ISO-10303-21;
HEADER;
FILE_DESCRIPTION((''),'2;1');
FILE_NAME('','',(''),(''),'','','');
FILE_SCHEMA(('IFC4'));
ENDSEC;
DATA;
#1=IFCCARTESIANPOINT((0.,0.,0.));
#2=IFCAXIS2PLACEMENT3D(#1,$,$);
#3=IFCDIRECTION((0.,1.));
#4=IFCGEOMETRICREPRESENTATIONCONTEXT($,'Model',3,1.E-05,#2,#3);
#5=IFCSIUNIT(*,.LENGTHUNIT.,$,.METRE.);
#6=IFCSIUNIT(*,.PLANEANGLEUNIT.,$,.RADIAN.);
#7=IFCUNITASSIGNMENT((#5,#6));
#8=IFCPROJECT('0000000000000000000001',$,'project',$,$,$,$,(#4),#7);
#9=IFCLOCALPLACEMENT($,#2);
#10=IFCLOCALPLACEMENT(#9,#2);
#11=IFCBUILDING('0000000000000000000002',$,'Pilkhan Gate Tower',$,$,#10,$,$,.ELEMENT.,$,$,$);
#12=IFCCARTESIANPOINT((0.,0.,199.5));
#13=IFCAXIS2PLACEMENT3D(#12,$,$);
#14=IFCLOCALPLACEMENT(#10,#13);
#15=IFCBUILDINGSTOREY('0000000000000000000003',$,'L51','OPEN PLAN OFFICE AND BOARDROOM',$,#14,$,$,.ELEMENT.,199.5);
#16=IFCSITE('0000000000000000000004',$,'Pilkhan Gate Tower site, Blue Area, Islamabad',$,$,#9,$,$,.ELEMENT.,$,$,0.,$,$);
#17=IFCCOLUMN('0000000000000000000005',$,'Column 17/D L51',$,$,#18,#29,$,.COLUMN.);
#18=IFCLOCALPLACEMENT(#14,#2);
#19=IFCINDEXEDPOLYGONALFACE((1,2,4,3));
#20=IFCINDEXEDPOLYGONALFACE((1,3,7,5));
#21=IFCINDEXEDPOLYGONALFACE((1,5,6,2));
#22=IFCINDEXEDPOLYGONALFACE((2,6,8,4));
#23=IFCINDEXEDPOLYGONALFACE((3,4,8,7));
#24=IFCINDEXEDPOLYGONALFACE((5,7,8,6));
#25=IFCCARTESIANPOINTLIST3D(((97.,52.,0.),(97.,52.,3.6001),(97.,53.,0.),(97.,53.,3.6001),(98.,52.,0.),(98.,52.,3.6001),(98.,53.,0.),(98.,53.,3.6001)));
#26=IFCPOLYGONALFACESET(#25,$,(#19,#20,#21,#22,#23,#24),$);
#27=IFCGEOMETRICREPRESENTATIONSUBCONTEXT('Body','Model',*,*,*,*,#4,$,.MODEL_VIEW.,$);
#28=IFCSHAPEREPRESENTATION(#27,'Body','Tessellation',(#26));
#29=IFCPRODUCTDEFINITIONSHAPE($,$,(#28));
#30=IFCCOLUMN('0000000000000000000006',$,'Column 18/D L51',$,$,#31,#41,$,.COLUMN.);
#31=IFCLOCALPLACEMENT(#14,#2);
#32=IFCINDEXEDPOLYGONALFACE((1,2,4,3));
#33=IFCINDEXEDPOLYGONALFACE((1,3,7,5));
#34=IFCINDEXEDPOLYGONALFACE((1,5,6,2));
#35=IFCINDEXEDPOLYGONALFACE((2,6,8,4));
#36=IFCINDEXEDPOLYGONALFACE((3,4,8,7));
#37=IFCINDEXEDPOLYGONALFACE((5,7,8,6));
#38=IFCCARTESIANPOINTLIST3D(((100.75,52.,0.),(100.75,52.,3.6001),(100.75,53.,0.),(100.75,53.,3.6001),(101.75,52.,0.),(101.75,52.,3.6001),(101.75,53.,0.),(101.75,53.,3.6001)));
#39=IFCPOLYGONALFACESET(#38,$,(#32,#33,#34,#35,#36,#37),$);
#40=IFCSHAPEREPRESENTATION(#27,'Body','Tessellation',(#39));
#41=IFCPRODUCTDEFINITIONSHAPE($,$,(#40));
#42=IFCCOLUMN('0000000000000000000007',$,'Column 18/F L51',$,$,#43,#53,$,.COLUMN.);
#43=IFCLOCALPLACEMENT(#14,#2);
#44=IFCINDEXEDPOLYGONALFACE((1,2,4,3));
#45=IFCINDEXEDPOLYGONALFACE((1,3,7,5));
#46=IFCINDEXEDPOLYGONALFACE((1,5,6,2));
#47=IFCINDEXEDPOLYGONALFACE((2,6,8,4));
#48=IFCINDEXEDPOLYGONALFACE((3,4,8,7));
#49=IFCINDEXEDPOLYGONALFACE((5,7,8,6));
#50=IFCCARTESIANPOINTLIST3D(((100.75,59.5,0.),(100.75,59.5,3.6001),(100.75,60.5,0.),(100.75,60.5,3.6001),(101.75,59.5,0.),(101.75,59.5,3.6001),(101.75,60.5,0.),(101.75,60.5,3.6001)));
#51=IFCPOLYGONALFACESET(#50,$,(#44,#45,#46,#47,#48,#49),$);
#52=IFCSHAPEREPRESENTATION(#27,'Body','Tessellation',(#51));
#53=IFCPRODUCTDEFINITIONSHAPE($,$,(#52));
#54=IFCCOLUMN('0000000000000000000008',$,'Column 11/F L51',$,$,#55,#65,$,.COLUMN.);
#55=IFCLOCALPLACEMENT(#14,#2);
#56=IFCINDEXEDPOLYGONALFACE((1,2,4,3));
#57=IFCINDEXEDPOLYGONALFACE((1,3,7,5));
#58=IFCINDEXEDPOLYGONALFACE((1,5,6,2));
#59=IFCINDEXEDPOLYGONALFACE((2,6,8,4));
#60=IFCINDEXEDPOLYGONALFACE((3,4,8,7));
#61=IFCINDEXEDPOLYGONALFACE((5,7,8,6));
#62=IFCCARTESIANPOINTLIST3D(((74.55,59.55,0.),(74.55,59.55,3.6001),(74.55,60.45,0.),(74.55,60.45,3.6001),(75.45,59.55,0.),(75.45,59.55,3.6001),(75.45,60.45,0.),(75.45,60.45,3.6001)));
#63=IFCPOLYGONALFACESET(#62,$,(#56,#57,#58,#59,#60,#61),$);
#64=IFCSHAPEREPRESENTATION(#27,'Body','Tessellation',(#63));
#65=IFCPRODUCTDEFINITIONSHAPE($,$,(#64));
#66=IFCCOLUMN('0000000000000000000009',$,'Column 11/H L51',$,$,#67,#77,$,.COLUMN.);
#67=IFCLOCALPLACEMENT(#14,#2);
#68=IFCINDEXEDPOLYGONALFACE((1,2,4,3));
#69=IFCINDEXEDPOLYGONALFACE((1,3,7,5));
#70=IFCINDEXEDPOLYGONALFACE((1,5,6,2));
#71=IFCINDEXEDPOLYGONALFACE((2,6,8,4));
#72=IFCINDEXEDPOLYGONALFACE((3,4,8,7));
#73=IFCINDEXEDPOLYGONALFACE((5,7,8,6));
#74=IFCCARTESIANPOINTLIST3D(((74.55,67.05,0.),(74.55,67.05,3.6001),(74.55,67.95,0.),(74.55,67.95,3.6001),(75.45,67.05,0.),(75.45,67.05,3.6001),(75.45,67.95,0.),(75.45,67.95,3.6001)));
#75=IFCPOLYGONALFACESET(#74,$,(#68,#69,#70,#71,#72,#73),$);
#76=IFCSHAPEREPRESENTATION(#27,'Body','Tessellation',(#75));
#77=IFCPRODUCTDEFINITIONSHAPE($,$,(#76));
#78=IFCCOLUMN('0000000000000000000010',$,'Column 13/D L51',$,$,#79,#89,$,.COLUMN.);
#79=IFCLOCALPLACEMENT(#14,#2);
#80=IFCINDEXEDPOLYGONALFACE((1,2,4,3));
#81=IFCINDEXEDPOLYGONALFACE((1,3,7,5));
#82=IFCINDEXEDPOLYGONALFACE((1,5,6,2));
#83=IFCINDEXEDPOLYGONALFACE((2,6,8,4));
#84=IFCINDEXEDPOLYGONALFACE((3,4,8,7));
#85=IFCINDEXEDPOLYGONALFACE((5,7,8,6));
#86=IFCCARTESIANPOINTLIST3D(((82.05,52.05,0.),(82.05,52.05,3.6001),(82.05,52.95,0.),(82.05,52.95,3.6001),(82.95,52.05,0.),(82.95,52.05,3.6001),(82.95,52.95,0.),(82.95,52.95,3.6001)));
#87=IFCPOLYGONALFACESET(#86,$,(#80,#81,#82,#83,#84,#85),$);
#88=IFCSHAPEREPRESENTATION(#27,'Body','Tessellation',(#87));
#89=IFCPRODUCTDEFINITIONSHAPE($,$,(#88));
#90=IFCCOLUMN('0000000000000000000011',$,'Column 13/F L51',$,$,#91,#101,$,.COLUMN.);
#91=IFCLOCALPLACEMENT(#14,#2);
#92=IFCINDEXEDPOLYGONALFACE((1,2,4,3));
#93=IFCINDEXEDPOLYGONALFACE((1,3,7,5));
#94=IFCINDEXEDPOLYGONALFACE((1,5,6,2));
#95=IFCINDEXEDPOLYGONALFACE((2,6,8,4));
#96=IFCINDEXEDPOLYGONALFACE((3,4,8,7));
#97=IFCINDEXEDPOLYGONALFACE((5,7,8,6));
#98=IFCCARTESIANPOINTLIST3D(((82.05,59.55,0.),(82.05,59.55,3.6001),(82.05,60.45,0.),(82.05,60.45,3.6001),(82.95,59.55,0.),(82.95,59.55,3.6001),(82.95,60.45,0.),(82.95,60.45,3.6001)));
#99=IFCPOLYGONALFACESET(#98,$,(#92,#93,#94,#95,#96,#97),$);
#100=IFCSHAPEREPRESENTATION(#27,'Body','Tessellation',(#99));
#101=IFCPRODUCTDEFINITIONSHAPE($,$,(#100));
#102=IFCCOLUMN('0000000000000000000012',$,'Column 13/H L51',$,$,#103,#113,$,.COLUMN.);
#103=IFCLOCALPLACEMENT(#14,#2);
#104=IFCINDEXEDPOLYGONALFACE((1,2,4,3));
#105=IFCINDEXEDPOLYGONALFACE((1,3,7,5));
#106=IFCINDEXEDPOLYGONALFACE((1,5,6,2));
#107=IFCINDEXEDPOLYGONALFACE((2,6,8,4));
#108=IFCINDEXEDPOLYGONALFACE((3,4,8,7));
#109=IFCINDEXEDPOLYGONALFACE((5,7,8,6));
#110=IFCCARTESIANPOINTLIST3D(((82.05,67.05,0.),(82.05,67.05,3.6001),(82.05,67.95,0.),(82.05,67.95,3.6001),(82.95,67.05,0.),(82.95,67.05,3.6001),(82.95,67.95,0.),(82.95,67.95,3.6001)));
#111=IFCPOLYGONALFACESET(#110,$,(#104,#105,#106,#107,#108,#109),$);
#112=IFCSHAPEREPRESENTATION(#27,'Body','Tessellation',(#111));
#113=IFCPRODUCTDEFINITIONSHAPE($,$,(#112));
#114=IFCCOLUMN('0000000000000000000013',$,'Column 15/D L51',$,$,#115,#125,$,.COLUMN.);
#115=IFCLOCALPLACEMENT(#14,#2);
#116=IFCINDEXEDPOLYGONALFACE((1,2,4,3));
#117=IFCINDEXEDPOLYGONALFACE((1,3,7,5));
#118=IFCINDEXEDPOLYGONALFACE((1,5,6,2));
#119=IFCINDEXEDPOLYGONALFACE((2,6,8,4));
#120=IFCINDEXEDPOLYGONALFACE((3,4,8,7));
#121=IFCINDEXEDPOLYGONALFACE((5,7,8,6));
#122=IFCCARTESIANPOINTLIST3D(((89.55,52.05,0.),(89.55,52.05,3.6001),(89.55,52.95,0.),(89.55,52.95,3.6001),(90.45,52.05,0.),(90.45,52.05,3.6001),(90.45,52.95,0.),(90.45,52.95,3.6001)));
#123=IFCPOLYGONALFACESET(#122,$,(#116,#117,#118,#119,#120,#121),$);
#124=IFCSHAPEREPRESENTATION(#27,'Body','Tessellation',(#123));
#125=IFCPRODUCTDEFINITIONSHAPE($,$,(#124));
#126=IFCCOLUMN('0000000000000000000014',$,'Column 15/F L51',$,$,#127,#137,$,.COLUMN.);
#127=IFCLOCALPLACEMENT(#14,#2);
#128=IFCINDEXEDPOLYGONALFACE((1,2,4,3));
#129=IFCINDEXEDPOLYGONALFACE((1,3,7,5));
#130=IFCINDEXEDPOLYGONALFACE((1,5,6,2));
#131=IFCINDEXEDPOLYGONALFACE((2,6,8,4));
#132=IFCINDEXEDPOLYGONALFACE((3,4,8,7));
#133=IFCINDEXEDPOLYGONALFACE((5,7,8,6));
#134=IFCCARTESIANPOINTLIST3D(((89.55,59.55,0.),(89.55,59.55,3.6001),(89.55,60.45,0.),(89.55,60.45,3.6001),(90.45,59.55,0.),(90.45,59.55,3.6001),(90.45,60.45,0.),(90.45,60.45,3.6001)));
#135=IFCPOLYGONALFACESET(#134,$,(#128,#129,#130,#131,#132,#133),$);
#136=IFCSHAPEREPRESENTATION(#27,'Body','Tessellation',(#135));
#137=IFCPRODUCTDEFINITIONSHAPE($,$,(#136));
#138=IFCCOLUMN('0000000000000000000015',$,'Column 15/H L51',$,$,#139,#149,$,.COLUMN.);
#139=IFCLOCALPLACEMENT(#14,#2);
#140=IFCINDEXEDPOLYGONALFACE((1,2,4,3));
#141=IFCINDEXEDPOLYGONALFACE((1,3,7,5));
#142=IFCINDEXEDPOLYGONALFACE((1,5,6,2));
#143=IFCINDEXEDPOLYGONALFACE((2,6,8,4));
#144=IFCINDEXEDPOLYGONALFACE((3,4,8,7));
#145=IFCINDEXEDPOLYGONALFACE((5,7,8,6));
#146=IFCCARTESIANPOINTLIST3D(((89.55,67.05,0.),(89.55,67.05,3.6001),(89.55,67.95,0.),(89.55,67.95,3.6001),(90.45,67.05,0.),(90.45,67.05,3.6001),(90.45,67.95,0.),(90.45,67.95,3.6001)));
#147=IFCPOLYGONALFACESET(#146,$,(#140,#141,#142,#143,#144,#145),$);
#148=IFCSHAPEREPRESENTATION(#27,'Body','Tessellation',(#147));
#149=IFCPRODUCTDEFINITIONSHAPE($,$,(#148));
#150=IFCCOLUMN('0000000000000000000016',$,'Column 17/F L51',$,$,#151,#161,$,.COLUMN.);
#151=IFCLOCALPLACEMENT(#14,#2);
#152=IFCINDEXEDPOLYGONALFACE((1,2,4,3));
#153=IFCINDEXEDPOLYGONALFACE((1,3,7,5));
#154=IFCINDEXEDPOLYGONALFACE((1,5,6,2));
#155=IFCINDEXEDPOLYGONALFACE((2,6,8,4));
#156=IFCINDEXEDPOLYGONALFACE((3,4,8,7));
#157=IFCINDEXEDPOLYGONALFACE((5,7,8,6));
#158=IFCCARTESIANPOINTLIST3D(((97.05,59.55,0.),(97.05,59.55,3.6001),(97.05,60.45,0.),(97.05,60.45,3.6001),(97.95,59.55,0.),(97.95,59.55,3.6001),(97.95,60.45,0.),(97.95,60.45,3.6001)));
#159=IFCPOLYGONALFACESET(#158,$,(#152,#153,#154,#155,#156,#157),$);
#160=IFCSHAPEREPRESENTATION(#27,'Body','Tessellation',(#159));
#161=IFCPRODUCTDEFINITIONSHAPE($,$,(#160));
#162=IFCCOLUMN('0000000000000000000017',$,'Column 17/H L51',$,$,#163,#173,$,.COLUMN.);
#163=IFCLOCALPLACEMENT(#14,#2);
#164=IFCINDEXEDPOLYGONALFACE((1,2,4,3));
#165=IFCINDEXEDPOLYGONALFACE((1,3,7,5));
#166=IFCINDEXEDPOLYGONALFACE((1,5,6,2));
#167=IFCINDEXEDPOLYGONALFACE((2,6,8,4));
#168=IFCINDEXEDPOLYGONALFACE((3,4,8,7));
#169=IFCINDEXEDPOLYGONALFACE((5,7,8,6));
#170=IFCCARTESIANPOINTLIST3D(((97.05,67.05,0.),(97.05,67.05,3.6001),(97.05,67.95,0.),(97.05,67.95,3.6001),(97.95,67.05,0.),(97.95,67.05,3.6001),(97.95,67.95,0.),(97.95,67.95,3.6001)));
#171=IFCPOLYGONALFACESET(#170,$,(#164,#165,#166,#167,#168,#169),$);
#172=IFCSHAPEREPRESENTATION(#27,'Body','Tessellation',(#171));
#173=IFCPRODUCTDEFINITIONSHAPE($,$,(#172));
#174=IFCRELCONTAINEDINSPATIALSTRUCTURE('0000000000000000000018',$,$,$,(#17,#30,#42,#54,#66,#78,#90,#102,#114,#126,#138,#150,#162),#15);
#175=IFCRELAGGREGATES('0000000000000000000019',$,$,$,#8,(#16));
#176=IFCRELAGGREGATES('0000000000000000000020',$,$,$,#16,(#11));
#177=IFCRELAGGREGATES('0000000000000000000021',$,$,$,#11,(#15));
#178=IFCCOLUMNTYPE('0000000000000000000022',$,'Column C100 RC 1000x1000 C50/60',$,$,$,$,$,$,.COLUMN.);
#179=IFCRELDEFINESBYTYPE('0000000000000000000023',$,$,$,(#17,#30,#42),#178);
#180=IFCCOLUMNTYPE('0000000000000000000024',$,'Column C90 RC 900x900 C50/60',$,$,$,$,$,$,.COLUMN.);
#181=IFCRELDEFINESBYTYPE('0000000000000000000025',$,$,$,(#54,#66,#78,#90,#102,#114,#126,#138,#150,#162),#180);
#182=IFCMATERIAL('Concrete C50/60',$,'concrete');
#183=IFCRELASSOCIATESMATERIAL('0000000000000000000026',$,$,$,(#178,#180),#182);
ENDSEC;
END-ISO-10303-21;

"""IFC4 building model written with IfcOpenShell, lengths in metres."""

from ifc_helpers import new_model, si_unit, direction, frame, origin, origin_2d, place, context, subcontext, project, spatial, rectangle, extrude, material, material_profile, profile_set, type_object, element, save


model = new_model("IFC4")

# Units and contexts
model_context = context("Model", 3, precision=1e-05, world=origin(), true_north=direction((0.0, 1.0)))
body_context = subcontext(model_context, "Body", "Model", "MODEL_VIEW")
ifc_project = project(units=[si_unit("LENGTHUNIT", "METRE"), si_unit("PLANEANGLEUNIT", "RADIAN")], contexts=[model_context])

# Site, building, storey
site_placement = place(None, origin())
site = spatial("IfcSite", under=ifc_project, at=site_placement, Name="Pilkhan Gate Tower site, Blue Area, Islamabad", CompositionType="ELEMENT", RefElevation=0.0)
building_placement = place(site_placement, origin())
building = spatial("IfcBuilding", under=site, at=building_placement, Name="Pilkhan Gate Tower", CompositionType="ELEMENT")
storey_placement = place(building_placement, frame((0.0, 0.0, 199.5)))
storey = spatial("IfcBuildingStorey", under=building, at=storey_placement, Name="L51", Description="OPEN PLAN OFFICE AND BOARDROOM", CompositionType="ELEMENT", Elevation=199.5)

# Columns
ifc_material_1 = material(Name="Concrete C50/60", Category="concrete")
ifc_material_profile_1 = material_profile(ifc_material_1, rectangle(XDim=1.0, YDim=1.0, at=origin_2d()), Name="RC 1000x1000")
ifc_profile_set_1 = profile_set([ifc_material_profile_1], Name="Concrete C50/60")
column_type_1 = type_object("IfcColumnType", Name="Column C100 RC 1000x1000 C50/60", PredefinedType="COLUMN", material=ifc_profile_set_1)
for number, where, z_axis, x_axis, name in (
    (1, (97.5, 52.5, 0.0), (0.0, 0.0, 1.0), (1.0, 0.0, 0.0), "Column 17/D L51"),
    (2, (101.25, 52.5, 0.0), (0.0, 0.0, 1.0), (1.0, 0.0, 0.0), "Column 18/D L51"),
    (3, (101.25, 60.0, 0.0), (0.0, 0.0, 1.0), (1.0, 0.0, 0.0), "Column 18/F L51"),
):
    element("IfcColumn", number, at=place(storey_placement, frame(where, z_axis=z_axis, x_axis=x_axis)), inside=storey, type_object=column_type_1, Name=name, PredefinedType="COLUMN", context=body_context, shape_type="SweptSolid", body=[
        extrude(rectangle(XDim=1.0, YDim=1.0, at=origin_2d()), origin(), (0.0, 0.0, 1.0), 3.6001),
    ])
ifc_material_profile_2 = material_profile(ifc_material_1, rectangle(XDim=0.8999, YDim=0.8999, at=origin_2d()), Name="RC 900x900")
ifc_profile_set_2 = profile_set([ifc_material_profile_2], Name="Concrete C50/60")
column_type_2 = type_object("IfcColumnType", Name="Column C90 RC 900x900 C50/60", PredefinedType="COLUMN", material=ifc_profile_set_2)
for number, where, z_axis, x_axis, name in (
    (4, (75.0, 60.0, 0.0), (0.0, 0.0, 1.0), (1.0, 0.0, 0.0), "Column 11/F L51"),
    (5, (75.0, 67.5, 0.0), (0.0, 0.0, 1.0), (1.0, 0.0, 0.0), "Column 11/H L51"),
    (6, (82.5, 52.5, 0.0), (0.0, 0.0, 1.0), (1.0, 0.0, 0.0), "Column 13/D L51"),
    (7, (82.5, 60.0, 0.0), (0.0, 0.0, 1.0), (1.0, 0.0, 0.0), "Column 13/F L51"),
    (8, (82.5, 67.5, 0.0), (0.0, 0.0, 1.0), (1.0, 0.0, 0.0), "Column 13/H L51"),
    (9, (90.0, 52.5, 0.0), (0.0, 0.0, 1.0), (1.0, 0.0, 0.0), "Column 15/D L51"),
    (10, (90.0, 60.0, 0.0), (0.0, 0.0, 1.0), (1.0, 0.0, 0.0), "Column 15/F L51"),
    (11, (90.0, 67.5, 0.0), (0.0, 0.0, 1.0), (1.0, 0.0, 0.0), "Column 15/H L51"),
    (12, (97.5, 60.0, 0.0), (0.0, 0.0, 1.0), (1.0, 0.0, 0.0), "Column 17/F L51"),
    (13, (97.5, 67.5, 0.0), (0.0, 0.0, 1.0), (1.0, 0.0, 0.0), "Column 17/H L51"),
):
    element("IfcColumn", number, at=place(storey_placement, frame(where, z_axis=z_axis, x_axis=x_axis)), inside=storey, type_object=column_type_2, Name=name, PredefinedType="COLUMN", context=body_context, shape_type="SweptSolid", body=[
        extrude(rectangle(XDim=0.8999, YDim=0.8999, at=origin_2d()), origin(), (0.0, 0.0, 1.0), 3.6001),
    ])

save(model, "model.ifc")
